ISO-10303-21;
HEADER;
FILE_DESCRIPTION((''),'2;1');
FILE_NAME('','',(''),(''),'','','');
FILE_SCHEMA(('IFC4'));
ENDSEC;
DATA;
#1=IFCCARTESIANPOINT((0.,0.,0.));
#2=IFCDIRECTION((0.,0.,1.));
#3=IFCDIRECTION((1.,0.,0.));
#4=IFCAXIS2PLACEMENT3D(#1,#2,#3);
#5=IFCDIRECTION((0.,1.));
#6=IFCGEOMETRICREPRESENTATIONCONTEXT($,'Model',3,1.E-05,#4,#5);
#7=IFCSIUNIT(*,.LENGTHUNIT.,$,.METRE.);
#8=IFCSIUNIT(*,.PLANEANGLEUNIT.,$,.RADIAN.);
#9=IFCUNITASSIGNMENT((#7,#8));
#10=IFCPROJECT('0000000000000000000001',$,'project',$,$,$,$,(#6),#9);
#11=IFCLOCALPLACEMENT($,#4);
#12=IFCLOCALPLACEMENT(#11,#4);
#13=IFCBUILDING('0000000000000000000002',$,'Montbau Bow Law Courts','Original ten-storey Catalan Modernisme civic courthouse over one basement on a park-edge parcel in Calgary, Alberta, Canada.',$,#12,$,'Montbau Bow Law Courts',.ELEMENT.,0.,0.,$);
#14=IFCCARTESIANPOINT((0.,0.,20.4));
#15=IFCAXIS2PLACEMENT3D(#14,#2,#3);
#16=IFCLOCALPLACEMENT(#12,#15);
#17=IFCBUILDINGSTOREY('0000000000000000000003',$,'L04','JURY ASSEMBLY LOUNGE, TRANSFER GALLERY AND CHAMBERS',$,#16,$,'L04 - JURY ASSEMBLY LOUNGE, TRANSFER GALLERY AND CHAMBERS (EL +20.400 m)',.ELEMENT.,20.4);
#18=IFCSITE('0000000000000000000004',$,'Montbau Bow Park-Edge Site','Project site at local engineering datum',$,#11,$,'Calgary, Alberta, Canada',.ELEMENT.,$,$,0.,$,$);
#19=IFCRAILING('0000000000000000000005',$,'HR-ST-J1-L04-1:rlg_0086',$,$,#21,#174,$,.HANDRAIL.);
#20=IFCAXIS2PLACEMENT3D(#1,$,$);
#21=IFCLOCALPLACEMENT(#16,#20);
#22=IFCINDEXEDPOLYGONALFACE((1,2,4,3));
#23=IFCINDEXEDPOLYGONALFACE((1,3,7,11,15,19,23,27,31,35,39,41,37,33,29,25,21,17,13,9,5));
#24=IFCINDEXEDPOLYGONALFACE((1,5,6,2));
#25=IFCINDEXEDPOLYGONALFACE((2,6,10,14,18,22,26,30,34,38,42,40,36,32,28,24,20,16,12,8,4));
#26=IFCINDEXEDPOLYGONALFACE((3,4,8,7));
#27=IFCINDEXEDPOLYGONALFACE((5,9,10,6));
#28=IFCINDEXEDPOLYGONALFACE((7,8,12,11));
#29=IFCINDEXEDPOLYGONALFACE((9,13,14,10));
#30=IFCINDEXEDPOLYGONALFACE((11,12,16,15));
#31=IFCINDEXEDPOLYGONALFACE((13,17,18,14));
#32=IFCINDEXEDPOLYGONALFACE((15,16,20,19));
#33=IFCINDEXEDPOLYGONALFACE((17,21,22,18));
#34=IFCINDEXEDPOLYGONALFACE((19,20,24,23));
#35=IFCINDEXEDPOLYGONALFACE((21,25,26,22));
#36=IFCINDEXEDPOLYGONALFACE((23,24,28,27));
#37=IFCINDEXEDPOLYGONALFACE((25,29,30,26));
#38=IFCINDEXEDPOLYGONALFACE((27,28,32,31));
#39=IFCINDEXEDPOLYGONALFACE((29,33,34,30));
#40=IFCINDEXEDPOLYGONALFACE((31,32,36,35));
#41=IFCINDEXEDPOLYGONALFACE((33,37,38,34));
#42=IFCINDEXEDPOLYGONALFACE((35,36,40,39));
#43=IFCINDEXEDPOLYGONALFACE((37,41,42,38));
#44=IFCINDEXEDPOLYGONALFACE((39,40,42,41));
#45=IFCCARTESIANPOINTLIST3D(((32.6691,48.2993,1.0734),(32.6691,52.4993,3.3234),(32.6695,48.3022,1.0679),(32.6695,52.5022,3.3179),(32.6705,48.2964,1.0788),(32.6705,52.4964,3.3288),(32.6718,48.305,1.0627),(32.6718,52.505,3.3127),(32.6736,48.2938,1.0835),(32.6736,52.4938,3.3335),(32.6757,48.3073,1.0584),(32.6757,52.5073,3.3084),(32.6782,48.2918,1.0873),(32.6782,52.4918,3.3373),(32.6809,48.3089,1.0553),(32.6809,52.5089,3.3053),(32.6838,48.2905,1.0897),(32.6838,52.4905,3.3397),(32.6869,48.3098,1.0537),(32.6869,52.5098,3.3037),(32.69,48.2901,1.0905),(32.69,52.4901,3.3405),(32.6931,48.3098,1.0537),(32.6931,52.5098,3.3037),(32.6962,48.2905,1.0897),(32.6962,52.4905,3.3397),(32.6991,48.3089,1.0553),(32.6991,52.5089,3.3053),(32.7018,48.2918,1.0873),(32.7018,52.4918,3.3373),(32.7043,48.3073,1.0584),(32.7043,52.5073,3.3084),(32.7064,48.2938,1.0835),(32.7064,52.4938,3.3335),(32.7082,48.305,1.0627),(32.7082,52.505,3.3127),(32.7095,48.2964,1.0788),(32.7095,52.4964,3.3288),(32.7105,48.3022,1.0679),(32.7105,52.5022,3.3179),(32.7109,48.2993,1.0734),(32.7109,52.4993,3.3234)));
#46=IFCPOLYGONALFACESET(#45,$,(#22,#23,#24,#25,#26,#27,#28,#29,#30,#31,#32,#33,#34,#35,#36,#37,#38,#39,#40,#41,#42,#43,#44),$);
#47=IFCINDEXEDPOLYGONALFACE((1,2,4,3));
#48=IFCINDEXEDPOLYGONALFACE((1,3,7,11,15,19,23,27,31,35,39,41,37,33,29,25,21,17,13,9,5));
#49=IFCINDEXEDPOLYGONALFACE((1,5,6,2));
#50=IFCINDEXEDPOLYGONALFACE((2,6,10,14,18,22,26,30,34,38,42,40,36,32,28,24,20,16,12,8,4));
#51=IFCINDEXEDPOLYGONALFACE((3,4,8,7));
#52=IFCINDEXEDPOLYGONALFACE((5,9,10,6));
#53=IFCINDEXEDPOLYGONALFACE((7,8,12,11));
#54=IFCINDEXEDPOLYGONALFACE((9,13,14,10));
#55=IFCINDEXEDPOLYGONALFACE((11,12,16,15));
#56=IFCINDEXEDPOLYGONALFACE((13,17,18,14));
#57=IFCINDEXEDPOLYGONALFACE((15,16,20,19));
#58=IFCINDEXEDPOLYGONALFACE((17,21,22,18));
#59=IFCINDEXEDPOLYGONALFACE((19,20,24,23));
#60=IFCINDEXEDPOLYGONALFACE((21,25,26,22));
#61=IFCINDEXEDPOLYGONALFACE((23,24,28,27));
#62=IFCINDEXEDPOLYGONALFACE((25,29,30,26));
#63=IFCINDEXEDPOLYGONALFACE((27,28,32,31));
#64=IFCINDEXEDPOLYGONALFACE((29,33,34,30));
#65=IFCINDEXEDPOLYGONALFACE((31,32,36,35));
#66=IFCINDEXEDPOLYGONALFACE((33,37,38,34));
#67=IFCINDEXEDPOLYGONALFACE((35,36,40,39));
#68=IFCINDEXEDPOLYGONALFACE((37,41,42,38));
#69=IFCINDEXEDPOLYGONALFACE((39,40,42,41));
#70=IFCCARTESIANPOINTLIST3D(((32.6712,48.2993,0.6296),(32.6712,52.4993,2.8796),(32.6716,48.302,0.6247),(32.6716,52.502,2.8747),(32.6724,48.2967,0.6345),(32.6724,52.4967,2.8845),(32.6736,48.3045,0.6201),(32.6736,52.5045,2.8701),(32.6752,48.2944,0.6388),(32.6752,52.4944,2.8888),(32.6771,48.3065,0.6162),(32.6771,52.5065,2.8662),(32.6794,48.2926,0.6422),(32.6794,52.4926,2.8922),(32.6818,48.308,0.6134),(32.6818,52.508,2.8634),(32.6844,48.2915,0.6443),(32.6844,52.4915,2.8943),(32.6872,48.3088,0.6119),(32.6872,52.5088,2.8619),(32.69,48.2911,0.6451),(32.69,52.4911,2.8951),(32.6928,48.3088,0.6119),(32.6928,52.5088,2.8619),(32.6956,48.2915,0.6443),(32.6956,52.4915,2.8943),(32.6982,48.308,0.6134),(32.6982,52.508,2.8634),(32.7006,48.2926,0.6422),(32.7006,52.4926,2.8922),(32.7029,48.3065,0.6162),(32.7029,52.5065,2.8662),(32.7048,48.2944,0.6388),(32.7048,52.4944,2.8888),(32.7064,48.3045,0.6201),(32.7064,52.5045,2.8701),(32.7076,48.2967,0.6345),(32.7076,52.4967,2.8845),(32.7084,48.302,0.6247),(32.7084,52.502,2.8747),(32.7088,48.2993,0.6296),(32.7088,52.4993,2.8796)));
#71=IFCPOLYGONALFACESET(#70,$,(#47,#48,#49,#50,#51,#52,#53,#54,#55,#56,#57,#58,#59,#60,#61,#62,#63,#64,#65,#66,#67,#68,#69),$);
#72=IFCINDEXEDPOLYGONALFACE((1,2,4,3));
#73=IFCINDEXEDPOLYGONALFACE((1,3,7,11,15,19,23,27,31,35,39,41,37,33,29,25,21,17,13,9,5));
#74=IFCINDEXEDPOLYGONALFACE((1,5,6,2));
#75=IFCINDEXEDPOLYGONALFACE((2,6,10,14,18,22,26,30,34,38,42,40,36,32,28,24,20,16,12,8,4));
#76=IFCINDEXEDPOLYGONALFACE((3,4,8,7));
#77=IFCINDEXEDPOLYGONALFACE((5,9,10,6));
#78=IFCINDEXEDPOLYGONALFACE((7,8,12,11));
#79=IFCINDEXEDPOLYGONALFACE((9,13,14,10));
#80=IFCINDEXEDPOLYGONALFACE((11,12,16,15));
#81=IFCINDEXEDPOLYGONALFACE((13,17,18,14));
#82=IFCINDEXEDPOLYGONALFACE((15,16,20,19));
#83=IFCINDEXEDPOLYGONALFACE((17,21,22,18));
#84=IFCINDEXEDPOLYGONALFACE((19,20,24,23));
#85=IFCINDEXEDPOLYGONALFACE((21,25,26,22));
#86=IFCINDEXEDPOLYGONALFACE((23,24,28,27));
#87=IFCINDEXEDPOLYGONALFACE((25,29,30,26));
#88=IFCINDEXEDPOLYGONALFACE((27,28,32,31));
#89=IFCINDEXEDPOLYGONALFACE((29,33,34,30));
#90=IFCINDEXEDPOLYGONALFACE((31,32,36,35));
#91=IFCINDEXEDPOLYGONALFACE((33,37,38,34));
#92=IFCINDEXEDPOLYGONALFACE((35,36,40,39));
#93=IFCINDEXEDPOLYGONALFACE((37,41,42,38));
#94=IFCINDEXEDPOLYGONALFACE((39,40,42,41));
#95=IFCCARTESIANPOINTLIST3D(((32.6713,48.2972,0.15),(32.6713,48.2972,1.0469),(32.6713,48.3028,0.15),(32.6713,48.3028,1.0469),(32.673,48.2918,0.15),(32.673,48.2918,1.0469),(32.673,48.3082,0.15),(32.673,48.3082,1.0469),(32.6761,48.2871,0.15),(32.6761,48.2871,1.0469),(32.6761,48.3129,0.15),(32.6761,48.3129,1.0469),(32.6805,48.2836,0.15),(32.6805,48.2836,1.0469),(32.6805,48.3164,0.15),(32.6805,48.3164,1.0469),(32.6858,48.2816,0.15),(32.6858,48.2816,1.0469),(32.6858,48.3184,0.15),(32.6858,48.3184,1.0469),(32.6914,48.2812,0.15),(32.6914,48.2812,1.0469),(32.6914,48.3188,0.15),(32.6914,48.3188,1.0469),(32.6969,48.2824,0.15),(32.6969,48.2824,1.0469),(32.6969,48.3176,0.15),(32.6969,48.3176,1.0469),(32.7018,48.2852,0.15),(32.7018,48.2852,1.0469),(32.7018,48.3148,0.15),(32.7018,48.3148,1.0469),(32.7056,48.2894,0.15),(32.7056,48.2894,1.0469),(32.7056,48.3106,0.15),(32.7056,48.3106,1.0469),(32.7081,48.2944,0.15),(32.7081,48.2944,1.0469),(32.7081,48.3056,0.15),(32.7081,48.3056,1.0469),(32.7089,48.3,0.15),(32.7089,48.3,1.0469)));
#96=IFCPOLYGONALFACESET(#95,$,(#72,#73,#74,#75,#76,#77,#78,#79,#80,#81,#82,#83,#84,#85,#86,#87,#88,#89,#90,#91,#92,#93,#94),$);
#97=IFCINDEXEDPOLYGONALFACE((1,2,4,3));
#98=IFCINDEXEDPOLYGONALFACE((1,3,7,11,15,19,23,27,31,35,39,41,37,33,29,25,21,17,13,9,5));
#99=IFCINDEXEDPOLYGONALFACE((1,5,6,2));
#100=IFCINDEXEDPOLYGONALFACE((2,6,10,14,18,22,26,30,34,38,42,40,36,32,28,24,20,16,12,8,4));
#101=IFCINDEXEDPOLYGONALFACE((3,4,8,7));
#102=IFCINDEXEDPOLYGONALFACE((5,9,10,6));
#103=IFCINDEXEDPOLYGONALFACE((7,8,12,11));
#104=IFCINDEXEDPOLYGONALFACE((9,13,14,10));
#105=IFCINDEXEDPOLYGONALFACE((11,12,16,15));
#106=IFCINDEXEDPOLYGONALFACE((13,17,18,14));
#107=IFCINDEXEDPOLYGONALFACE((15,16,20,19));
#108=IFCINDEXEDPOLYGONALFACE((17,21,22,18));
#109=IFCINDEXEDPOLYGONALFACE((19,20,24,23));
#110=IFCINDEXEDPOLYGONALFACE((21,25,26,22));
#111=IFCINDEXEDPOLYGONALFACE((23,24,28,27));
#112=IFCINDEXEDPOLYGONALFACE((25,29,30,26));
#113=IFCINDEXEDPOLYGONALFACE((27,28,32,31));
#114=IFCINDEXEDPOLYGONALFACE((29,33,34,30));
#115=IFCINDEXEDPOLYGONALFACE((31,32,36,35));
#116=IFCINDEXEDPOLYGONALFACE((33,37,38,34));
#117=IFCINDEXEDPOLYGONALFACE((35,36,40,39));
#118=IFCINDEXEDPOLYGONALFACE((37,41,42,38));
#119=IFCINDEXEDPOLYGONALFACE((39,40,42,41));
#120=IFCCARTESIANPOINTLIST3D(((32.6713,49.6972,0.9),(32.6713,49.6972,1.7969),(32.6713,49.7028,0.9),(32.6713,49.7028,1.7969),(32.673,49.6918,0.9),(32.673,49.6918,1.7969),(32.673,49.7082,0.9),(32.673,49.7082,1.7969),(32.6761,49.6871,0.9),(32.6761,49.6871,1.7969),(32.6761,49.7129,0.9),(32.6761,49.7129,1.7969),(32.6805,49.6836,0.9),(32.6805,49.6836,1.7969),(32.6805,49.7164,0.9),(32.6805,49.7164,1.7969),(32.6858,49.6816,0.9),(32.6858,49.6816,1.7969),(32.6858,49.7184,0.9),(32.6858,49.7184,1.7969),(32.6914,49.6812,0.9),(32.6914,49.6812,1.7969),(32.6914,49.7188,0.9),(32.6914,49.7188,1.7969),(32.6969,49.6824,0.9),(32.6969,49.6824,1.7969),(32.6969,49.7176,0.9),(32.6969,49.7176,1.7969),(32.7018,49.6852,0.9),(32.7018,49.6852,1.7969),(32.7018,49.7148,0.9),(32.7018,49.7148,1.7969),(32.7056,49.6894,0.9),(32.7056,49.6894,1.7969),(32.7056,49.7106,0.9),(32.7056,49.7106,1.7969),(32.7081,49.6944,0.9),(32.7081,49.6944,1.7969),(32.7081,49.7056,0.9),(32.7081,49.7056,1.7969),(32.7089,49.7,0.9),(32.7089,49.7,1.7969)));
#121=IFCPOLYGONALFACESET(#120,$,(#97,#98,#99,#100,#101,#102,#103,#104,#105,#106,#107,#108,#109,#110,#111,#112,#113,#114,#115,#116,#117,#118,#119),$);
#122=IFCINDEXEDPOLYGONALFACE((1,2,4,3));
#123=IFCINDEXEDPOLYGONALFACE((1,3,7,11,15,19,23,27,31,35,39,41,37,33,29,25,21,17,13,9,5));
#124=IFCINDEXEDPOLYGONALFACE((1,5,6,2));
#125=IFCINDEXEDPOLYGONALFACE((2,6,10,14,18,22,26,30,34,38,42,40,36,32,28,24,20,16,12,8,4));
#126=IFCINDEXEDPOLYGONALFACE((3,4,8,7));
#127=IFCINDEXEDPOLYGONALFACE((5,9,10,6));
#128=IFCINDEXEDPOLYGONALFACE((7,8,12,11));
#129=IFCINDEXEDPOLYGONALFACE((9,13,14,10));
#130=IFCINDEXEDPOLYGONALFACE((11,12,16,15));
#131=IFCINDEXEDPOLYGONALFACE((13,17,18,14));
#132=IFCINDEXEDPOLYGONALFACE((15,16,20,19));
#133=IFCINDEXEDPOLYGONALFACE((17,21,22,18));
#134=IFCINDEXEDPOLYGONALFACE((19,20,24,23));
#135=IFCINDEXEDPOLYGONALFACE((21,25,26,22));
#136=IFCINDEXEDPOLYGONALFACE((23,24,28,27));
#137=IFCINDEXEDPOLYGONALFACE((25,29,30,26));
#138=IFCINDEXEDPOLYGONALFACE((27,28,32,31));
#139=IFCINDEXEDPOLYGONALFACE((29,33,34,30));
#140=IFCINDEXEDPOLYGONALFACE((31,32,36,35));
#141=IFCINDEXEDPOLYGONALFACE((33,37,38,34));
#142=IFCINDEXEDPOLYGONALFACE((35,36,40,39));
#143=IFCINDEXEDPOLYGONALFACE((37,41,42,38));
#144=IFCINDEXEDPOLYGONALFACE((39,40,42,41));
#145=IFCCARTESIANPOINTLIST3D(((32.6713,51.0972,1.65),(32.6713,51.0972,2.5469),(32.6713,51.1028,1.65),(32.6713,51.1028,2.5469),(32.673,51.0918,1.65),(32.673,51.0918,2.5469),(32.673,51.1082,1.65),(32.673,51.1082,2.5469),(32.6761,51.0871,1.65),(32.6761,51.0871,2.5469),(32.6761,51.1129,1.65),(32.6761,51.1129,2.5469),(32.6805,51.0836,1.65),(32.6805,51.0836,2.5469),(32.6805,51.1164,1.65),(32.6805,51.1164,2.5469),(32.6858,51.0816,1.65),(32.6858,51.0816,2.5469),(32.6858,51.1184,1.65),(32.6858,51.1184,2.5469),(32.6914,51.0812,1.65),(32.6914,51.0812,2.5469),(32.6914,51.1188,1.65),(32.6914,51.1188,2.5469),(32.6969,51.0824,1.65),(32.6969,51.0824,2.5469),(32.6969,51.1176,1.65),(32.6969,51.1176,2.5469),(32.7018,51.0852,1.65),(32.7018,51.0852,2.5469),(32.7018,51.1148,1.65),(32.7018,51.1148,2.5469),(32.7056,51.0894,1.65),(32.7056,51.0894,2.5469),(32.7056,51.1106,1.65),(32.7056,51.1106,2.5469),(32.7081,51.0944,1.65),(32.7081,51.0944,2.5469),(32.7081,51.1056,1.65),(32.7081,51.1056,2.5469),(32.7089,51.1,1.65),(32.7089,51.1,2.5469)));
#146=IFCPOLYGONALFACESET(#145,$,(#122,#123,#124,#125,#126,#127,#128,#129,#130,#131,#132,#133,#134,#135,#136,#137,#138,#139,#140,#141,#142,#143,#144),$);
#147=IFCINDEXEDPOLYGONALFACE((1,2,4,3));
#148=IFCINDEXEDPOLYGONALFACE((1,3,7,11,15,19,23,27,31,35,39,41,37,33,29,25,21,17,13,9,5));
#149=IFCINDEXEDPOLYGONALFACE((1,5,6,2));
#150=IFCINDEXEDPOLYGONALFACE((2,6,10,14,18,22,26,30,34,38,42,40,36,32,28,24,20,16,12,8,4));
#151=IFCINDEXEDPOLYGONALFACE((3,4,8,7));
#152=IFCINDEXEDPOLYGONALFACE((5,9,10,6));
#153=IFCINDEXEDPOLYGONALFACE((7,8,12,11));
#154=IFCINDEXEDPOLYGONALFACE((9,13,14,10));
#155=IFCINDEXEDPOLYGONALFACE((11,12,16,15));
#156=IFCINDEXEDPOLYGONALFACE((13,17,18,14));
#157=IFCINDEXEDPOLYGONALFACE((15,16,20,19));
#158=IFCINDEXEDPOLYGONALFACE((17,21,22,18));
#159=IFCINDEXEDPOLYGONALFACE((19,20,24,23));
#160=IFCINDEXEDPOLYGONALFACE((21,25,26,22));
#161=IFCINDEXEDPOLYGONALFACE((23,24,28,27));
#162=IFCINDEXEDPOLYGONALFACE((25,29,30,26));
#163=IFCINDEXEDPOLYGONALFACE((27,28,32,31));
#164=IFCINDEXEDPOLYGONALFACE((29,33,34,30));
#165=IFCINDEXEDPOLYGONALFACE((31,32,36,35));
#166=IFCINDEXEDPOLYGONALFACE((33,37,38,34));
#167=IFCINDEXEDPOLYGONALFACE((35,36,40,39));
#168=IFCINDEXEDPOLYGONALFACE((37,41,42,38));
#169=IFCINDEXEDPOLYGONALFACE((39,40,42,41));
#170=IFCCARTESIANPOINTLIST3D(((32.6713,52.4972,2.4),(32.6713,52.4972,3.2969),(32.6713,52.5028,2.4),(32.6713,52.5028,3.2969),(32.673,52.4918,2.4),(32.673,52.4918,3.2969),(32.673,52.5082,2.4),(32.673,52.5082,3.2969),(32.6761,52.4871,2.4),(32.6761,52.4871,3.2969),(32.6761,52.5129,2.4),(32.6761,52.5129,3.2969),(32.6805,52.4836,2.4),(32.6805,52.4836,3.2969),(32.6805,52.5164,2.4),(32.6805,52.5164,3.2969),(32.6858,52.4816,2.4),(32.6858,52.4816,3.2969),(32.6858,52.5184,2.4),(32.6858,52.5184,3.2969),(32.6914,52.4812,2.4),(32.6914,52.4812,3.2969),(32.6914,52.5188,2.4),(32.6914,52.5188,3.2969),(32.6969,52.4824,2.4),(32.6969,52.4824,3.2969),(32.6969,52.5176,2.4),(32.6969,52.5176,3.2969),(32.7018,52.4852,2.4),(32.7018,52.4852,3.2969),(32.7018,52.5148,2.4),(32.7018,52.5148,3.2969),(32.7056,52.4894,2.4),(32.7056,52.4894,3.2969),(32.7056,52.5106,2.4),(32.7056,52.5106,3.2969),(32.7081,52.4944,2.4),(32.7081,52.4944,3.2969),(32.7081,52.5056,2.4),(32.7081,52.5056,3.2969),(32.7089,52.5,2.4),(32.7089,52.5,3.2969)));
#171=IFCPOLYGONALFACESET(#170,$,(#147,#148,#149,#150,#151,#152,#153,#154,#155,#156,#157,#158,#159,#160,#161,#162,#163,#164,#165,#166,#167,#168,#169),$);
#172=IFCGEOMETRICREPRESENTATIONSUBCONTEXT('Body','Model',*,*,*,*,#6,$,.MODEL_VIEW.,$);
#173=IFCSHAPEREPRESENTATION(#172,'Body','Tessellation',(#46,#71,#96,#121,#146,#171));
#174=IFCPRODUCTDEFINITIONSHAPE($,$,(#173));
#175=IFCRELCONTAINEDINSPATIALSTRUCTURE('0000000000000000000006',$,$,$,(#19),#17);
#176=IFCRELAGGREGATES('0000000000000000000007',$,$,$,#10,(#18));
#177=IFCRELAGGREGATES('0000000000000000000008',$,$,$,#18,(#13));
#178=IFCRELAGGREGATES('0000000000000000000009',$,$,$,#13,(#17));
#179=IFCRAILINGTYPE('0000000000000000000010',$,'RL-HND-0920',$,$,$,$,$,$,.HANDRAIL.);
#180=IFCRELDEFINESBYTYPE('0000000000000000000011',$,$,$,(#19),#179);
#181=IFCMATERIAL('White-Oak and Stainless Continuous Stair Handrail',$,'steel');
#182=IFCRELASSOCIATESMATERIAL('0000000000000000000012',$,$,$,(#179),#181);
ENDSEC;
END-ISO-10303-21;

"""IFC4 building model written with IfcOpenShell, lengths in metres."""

from ifc_helpers import new_model, si_unit, direction, frame, origin_with_axes, origin_2d_with_axis, place, context, subcontext, project, spatial, circle, extrude, material, type_object, element, save


model = new_model("IFC4")

# Units and contexts
model_context = context("Model", 3, precision=1e-05, world=origin_with_axes(), true_north=direction((0.0, 1.0)))
body_context = subcontext(model_context, "Body", "Model", "MODEL_VIEW")
ifc_project = project(units=[si_unit("LENGTHUNIT", "METRE"), si_unit("PLANEANGLEUNIT", "RADIAN")], contexts=[model_context])

# Site, building, storey
site_placement = place(None, origin_with_axes())
site = spatial("IfcSite", under=ifc_project, at=site_placement, Name="Montbau Bow Park-Edge Site", Description="Project site at local engineering datum", LongName="Calgary, Alberta, Canada", CompositionType="ELEMENT", RefElevation=0.0)
building_placement = place(site_placement, origin_with_axes())
building = spatial("IfcBuilding", under=site, at=building_placement, Name="Montbau Bow Law Courts", Description="Original ten-storey Catalan Modernisme civic courthouse over one basement on a park-edge parcel in Calgary, Alberta, Canada.", LongName="Montbau Bow Law Courts", CompositionType="ELEMENT", ElevationOfRefHeight=0.0, ElevationOfTerrain=0.0)
storey_placement = place(building_placement, frame((0.0, 0.0, 20.4), z_axis=(0.0, 0.0, 1.0), x_axis=(1.0, 0.0, 0.0)))
storey = spatial("IfcBuildingStorey", under=building, at=storey_placement, Name="L04", Description="JURY ASSEMBLY LOUNGE, TRANSFER GALLERY AND CHAMBERS", LongName="L04 - JURY ASSEMBLY LOUNGE, TRANSFER GALLERY AND CHAMBERS (EL +20.400 m)", CompositionType="ELEMENT", Elevation=20.4)

# Railing
ifc_material_1 = material(Name="White-Oak and Stainless Continuous Stair Handrail", Category="steel")
railing_type_1 = type_object("IfcRailingType", Name="RL-HND-0920", PredefinedType="HANDRAIL", material=ifc_material_1)
railing_1_placement = place(None, origin_with_axes())
element("IfcRailing", 1, at=railing_1_placement, inside=storey, type_object=railing_type_1, Name="HR-ST-J1-L04-1:rlg_0086", PredefinedType="HANDRAIL", context=body_context, shape_type="SweptSolid", body=[
    extrude(circle(Radius=0.021, at=origin_2d_with_axis()), frame((32.69, 48.3, 21.472), z_axis=(0.0, 0.88148, 0.472221), x_axis=(0.0, -0.472221, 0.88148)), (0.0, 0.0, 1.0), 4.7647),
    extrude(circle(Radius=0.0189, at=origin_2d_with_axis()), frame((32.69, 48.3, 21.0284), z_axis=(0.0, 0.88148, 0.472221), x_axis=(0.0, -0.472221, 0.88148)), (0.0, 0.0, 1.0), 4.7647),
    extrude(circle(Radius=0.0189, at=origin_2d_with_axis()), frame((32.69, 48.3, 20.55), z_axis=(0.0, 0.0, 1.0), x_axis=(1.0, 0.0, 0.0)), (0.0, 0.0, 1.0), 0.8969),
    extrude(circle(Radius=0.0189, at=origin_2d_with_axis()), frame((32.69, 49.7, 21.3), z_axis=(0.0, 0.0, 1.0), x_axis=(1.0, 0.0, 0.0)), (0.0, 0.0, 1.0), 0.8969),
    extrude(circle(Radius=0.0189, at=origin_2d_with_axis()), frame((32.69, 51.1, 22.05), z_axis=(0.0, 0.0, 1.0), x_axis=(1.0, 0.0, 0.0)), (0.0, 0.0, 1.0), 0.8969),
    extrude(circle(Radius=0.0189, at=origin_2d_with_axis()), frame((32.69, 52.5, 22.8), z_axis=(0.0, 0.0, 1.0), x_axis=(1.0, 0.0, 0.0)), (0.0, 0.0, 1.0), 0.8969),
])

save(model, "model.ifc")
